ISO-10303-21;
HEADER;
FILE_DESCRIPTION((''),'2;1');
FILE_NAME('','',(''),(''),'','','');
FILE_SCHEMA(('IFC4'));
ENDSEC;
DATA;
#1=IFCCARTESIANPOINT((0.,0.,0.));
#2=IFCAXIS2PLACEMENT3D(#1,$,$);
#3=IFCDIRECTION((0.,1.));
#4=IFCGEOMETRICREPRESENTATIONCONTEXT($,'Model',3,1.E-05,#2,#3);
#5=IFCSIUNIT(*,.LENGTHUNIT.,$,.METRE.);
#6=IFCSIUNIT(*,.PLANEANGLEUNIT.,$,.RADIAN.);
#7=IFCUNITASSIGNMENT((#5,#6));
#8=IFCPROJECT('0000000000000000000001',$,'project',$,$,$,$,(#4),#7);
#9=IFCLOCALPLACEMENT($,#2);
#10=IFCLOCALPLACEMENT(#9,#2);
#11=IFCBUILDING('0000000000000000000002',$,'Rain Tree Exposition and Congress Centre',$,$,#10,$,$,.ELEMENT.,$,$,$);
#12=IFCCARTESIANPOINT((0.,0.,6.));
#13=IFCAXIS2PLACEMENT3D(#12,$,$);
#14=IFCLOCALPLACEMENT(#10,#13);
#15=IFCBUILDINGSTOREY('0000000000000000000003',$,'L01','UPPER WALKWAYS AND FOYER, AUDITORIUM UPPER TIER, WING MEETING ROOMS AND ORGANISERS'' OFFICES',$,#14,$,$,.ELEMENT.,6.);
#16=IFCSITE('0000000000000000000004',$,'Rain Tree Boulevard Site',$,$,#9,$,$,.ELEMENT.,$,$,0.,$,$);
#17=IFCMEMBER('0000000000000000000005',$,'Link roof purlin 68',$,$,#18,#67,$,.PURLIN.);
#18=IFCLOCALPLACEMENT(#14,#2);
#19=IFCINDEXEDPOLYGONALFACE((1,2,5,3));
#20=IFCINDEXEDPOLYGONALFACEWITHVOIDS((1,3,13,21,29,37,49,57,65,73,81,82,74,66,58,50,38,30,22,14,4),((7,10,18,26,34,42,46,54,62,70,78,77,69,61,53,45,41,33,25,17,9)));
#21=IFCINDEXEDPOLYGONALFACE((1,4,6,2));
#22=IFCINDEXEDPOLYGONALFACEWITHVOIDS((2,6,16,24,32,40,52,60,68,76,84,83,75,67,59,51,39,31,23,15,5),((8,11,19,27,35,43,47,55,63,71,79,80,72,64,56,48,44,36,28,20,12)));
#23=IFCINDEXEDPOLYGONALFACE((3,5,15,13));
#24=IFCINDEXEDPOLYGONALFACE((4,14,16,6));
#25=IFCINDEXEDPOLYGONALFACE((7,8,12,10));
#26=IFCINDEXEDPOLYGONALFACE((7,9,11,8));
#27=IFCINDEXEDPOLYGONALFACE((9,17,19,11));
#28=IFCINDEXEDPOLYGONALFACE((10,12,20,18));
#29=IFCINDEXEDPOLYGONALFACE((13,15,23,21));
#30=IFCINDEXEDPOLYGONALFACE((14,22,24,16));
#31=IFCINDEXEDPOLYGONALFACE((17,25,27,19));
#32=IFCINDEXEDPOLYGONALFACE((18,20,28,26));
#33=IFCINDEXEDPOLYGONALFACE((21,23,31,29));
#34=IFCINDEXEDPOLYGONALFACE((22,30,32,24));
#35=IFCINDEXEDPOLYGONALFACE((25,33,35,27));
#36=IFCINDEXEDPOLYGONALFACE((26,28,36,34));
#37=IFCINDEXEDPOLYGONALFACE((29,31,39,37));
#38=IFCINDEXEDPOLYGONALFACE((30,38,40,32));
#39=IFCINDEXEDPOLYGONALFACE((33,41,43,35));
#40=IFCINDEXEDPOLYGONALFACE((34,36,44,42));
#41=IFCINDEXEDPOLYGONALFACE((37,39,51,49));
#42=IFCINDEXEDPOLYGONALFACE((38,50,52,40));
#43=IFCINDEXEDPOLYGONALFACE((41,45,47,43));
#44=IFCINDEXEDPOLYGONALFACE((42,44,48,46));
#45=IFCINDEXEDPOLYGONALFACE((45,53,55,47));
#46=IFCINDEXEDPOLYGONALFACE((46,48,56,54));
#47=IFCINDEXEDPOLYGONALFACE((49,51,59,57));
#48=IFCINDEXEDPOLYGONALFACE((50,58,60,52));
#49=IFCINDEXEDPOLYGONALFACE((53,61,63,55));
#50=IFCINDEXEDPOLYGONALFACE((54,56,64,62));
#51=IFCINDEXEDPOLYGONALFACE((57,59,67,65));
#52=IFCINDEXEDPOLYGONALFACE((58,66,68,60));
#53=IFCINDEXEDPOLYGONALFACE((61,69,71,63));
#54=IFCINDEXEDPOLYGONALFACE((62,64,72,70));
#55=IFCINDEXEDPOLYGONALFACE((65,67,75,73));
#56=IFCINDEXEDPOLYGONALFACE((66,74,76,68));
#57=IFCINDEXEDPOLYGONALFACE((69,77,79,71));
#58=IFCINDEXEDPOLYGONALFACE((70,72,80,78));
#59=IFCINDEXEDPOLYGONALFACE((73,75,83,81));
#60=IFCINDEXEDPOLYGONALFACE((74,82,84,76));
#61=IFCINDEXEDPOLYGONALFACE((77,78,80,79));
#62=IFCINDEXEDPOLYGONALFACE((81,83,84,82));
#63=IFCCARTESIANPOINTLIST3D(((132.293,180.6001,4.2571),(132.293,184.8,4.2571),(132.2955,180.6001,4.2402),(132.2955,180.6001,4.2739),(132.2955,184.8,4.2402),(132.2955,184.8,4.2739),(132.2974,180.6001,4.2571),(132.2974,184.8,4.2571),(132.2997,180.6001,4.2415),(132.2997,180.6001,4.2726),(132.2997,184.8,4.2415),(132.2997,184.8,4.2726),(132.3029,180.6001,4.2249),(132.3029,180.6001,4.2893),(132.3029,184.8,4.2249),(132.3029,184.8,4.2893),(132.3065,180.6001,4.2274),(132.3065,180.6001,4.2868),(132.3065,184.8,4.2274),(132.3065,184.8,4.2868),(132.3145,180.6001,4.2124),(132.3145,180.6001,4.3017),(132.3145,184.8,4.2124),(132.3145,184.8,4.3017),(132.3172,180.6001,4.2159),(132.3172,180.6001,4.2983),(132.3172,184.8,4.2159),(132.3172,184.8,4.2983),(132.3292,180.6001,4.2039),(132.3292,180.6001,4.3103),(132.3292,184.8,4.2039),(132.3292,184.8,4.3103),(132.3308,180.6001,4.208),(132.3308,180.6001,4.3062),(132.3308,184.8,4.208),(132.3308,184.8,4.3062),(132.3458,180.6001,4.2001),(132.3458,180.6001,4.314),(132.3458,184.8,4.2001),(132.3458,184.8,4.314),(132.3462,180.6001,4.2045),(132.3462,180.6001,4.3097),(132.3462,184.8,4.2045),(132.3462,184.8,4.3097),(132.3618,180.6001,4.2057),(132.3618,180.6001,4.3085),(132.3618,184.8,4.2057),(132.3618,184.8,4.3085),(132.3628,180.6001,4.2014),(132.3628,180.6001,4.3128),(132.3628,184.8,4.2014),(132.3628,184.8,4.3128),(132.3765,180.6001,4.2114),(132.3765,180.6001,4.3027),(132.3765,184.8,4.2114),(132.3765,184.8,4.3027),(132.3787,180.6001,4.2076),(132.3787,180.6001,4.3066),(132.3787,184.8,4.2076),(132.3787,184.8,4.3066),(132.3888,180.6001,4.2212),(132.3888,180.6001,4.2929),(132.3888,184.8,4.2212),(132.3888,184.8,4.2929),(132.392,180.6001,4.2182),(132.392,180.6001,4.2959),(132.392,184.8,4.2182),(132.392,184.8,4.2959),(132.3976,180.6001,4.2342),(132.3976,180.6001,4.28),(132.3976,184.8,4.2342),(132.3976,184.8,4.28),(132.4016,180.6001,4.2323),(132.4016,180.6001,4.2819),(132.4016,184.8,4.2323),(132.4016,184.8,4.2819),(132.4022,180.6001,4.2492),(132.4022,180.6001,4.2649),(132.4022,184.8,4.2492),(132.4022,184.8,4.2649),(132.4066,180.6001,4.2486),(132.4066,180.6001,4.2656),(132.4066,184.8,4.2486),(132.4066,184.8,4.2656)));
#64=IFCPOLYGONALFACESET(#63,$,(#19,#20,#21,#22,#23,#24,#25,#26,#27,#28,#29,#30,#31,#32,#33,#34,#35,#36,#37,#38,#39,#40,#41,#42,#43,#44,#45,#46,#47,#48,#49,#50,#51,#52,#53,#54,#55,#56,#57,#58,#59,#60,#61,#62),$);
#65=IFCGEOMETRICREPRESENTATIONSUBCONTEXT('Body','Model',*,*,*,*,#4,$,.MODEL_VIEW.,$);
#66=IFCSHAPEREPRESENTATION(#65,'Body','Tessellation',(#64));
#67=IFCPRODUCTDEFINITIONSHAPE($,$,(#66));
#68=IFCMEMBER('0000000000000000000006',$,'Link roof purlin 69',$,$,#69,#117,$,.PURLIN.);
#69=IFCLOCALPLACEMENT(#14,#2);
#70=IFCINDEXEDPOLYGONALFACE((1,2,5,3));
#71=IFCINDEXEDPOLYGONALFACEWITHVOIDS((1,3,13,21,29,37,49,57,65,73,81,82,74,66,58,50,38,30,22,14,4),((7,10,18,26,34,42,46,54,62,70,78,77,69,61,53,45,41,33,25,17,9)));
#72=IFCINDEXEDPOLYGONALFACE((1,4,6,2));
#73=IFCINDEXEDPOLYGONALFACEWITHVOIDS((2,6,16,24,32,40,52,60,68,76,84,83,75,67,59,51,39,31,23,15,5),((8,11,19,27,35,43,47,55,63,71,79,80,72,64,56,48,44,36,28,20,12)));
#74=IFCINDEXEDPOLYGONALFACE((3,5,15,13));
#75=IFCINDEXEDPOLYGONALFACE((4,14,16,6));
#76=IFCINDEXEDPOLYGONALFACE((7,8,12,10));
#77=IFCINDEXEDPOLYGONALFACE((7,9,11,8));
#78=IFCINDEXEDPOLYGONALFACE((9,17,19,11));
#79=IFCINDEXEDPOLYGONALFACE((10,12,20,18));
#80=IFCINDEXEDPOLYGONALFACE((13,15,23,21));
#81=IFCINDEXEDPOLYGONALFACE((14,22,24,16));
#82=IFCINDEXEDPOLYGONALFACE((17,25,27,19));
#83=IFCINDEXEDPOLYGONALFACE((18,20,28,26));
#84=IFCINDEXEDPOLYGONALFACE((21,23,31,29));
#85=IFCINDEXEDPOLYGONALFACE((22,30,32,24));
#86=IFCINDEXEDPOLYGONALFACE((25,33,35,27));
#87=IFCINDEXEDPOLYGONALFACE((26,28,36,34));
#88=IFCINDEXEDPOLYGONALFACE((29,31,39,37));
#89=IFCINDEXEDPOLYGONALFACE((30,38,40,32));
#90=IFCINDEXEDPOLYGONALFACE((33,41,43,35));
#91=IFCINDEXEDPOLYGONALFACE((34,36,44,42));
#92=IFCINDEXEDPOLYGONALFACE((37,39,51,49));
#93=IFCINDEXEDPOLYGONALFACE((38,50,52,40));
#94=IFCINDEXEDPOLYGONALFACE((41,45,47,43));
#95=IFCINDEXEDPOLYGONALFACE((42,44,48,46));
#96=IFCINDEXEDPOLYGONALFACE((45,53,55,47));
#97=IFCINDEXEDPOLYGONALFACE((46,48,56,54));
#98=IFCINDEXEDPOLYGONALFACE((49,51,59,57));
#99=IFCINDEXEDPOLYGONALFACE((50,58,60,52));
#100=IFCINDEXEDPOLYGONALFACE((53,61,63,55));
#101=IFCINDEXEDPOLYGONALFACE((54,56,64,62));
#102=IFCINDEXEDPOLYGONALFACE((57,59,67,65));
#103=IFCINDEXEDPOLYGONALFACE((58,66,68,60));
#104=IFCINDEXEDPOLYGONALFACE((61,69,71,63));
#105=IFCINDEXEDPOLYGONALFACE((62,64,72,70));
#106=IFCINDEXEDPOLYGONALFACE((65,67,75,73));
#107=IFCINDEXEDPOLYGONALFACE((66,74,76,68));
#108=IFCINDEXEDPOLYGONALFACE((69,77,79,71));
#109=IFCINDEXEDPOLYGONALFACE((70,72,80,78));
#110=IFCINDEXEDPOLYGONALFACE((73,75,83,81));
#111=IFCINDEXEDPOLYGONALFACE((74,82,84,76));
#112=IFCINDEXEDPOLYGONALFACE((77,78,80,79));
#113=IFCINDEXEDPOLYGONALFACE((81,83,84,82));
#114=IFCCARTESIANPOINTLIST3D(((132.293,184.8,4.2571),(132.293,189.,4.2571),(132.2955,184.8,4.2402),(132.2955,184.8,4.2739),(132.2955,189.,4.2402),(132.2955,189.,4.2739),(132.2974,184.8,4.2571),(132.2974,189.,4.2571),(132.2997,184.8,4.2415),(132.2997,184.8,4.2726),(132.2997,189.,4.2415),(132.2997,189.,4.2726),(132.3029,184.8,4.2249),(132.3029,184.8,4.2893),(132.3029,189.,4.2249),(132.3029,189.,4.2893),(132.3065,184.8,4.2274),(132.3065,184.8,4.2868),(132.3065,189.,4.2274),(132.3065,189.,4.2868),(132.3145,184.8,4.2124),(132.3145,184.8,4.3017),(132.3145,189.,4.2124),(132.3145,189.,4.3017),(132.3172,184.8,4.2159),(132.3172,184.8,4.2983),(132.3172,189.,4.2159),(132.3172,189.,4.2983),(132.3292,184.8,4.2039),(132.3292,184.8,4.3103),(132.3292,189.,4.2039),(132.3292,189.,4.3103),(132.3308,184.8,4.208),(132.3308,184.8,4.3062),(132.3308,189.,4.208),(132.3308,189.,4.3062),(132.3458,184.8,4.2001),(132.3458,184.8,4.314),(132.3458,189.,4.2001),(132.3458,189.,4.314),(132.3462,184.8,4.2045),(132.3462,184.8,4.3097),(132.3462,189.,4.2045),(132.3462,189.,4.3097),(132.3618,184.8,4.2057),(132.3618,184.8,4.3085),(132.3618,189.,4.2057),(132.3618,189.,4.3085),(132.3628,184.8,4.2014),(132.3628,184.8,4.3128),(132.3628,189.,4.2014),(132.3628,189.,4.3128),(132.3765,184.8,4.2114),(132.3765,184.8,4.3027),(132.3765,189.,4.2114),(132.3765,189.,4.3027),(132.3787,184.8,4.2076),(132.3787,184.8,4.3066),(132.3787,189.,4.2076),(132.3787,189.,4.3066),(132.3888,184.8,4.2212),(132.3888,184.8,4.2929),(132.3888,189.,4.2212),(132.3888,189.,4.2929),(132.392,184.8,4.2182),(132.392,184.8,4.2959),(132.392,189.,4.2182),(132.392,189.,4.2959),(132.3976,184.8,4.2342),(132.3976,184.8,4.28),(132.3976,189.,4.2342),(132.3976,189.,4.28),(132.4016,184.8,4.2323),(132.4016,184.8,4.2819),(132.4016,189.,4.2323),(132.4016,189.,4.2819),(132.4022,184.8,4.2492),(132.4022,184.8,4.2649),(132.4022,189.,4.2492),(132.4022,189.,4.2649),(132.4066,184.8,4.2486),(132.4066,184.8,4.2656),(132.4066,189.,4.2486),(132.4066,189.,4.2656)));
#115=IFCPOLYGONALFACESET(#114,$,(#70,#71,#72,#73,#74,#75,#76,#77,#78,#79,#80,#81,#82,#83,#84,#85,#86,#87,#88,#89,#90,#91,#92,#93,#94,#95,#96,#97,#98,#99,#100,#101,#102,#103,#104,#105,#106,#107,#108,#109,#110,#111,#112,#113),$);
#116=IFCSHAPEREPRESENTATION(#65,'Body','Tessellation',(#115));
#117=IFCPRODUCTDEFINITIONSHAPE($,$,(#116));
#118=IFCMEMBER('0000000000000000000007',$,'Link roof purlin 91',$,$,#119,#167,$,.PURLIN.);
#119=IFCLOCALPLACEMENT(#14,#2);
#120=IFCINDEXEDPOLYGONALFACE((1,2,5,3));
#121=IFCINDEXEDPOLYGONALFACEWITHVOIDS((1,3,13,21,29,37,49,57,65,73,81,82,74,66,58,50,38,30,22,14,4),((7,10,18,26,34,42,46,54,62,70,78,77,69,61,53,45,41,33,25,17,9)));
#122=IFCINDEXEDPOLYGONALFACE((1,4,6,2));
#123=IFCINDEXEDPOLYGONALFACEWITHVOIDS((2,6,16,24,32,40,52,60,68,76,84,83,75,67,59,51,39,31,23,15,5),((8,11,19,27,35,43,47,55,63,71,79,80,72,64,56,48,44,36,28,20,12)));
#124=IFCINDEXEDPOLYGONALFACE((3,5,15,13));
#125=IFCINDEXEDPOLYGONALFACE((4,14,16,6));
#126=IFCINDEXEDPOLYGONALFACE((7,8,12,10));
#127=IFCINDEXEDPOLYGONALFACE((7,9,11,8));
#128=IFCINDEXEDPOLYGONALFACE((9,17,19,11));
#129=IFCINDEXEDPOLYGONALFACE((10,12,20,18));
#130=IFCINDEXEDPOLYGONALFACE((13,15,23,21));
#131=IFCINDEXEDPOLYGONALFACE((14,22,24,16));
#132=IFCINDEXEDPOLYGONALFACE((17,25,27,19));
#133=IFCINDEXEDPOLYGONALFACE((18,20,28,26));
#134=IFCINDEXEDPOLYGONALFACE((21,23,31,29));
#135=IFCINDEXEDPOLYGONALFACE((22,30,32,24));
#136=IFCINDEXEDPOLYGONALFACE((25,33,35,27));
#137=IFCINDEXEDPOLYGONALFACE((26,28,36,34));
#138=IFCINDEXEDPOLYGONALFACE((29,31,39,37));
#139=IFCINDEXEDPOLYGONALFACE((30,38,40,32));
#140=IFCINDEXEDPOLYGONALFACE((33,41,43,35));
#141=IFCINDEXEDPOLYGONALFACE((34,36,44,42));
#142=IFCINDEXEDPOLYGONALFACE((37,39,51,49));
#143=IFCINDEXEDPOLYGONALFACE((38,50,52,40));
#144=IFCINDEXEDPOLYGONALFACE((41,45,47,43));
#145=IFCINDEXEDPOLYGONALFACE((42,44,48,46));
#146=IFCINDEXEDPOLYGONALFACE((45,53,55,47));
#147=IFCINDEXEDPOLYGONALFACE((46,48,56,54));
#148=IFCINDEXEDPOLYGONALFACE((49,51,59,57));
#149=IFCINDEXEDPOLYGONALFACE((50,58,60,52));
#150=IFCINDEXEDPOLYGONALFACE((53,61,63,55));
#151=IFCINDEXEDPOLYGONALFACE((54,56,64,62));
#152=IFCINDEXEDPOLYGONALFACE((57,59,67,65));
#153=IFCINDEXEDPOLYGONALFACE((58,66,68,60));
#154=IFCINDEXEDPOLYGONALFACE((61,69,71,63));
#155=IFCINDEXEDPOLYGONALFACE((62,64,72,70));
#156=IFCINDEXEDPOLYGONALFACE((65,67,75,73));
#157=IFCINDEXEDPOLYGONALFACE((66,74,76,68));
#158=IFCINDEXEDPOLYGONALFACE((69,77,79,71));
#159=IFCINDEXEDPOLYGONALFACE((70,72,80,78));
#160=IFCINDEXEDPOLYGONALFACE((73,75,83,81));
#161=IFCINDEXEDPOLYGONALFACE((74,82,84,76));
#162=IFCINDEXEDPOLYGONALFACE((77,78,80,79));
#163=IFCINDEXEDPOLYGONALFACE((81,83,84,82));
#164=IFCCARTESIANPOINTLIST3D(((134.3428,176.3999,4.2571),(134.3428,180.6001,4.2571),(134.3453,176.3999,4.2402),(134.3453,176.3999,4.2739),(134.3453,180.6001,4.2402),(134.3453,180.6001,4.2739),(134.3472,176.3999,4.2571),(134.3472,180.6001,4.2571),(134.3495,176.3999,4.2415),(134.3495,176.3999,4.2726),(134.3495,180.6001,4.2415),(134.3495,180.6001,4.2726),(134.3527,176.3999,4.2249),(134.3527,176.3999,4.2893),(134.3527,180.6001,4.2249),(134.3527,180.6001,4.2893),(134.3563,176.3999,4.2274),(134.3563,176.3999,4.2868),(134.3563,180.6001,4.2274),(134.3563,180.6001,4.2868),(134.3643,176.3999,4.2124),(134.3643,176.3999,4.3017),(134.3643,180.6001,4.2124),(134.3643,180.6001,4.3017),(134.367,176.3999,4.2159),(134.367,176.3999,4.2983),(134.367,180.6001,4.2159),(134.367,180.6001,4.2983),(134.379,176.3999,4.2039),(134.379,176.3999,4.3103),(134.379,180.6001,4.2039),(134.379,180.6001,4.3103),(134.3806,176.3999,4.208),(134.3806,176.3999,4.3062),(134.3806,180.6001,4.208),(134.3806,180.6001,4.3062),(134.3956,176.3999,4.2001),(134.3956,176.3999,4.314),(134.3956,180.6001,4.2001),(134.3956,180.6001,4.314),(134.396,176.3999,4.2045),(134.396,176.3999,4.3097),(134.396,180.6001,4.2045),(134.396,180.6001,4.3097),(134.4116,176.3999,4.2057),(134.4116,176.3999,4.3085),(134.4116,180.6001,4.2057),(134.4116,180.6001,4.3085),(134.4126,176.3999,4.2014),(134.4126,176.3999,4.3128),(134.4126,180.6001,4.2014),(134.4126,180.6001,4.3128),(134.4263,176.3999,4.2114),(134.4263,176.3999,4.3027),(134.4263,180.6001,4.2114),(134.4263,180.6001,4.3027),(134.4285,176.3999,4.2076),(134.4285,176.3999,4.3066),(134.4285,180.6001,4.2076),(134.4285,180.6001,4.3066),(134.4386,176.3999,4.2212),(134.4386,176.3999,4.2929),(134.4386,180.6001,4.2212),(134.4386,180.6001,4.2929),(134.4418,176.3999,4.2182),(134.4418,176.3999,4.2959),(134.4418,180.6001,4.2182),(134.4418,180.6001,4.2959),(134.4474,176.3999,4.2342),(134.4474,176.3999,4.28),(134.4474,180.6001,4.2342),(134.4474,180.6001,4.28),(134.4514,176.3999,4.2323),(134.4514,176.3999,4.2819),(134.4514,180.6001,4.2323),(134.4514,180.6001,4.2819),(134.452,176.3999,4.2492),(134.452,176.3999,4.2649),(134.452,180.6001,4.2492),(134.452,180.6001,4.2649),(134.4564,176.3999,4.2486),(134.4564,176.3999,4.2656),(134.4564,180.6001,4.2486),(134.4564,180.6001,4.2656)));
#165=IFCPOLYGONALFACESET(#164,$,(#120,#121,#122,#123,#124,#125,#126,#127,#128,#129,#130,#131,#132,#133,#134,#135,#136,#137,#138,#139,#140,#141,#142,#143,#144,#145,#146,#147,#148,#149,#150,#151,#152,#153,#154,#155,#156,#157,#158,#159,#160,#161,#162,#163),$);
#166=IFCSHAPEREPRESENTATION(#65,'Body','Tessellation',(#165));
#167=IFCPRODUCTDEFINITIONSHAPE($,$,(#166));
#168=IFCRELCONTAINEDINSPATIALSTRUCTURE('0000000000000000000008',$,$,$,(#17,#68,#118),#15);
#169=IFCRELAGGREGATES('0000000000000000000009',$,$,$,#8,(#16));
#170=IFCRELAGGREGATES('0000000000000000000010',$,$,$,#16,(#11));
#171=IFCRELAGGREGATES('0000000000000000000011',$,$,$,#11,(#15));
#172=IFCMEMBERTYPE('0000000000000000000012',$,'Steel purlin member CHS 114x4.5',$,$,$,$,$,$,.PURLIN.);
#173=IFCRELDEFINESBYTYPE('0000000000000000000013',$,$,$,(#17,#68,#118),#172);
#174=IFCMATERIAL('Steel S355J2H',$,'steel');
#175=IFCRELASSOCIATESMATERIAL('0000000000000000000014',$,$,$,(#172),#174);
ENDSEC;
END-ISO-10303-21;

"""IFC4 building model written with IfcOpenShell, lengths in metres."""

from ifc_helpers import new_model, si_unit, direction, frame, origin, origin_2d, place, context, subcontext, project, spatial, hollow_circle, extrude, material, material_profile, profile_set, type_object, element, save


model = new_model("IFC4")

# Units and contexts
model_context = context("Model", 3, precision=1e-05, world=origin(), true_north=direction((0.0, 1.0)))
body_context = subcontext(model_context, "Body", "Model", "MODEL_VIEW")
ifc_project = project(units=[si_unit("LENGTHUNIT", "METRE"), si_unit("PLANEANGLEUNIT", "RADIAN")], contexts=[model_context])

# Site, building, storey
site_placement = place(None, origin())
site = spatial("IfcSite", under=ifc_project, at=site_placement, Name="Rain Tree Boulevard Site", CompositionType="ELEMENT", RefElevation=0.0)
building_placement = place(site_placement, origin())
building = spatial("IfcBuilding", under=site, at=building_placement, Name="Rain Tree Exposition and Congress Centre", CompositionType="ELEMENT")
storey_placement = place(building_placement, frame((0.0, 0.0, 6.0)))
storey = spatial("IfcBuildingStorey", under=building, at=storey_placement, Name="L01", Description="UPPER WALKWAYS AND FOYER, AUDITORIUM UPPER TIER, WING MEETING ROOMS AND ORGANISERS' OFFICES", CompositionType="ELEMENT", Elevation=6.0)

# Members
ifc_material_1 = material(Name="Steel S355J2H", Category="steel")
ifc_material_profile_1 = material_profile(ifc_material_1, hollow_circle(Radius=0.0571, WallThickness=0.0044, at=origin_2d()), Name="CHS 114x4.5")
ifc_profile_set_1 = profile_set([ifc_material_profile_1], Name="Steel S355J2H")
member_type = type_object("IfcMemberType", Name="Steel purlin member CHS 114x4.5", PredefinedType="PURLIN", material=ifc_profile_set_1)
for number, where, z_axis, x_axis, name in (
    (1, (132.3501, 180.6001, 4.2571), (0.0, 1.0, 0.0), (-1.0, 0.0, 0.0), "Link roof purlin 68"),
    (2, (132.3501, 184.8, 4.2571), (0.0, 1.0, 0.0), (-1.0, 0.0, 0.0), "Link roof purlin 69"),
):
    element("IfcMember", number, at=place(storey_placement, frame(where, z_axis=z_axis, x_axis=x_axis)), inside=storey, type_object=member_type, Name=name, PredefinedType="PURLIN", context=body_context, shape_type="SweptSolid", body=[
        extrude(hollow_circle(Radius=0.0571, WallThickness=0.0044, at=origin_2d()), origin(), (0.0, 0.0, 1.0), 4.2),
    ])
member_1_placement = place(storey_placement, frame((134.3999, 176.3999, 4.2571), z_axis=(0.0, 1.0, 0.0), x_axis=(-1.0, 0.0, 0.0)))
element("IfcMember", 3, at=member_1_placement, inside=storey, type_object=member_type, Name="Link roof purlin 91", PredefinedType="PURLIN", context=body_context, shape_type="SweptSolid", body=[
    extrude(hollow_circle(Radius=0.0571, WallThickness=0.0044, at=origin_2d()), origin(), (0.0, 0.0, 1.0), 4.2002),
])

save(model, "model.ifc")
